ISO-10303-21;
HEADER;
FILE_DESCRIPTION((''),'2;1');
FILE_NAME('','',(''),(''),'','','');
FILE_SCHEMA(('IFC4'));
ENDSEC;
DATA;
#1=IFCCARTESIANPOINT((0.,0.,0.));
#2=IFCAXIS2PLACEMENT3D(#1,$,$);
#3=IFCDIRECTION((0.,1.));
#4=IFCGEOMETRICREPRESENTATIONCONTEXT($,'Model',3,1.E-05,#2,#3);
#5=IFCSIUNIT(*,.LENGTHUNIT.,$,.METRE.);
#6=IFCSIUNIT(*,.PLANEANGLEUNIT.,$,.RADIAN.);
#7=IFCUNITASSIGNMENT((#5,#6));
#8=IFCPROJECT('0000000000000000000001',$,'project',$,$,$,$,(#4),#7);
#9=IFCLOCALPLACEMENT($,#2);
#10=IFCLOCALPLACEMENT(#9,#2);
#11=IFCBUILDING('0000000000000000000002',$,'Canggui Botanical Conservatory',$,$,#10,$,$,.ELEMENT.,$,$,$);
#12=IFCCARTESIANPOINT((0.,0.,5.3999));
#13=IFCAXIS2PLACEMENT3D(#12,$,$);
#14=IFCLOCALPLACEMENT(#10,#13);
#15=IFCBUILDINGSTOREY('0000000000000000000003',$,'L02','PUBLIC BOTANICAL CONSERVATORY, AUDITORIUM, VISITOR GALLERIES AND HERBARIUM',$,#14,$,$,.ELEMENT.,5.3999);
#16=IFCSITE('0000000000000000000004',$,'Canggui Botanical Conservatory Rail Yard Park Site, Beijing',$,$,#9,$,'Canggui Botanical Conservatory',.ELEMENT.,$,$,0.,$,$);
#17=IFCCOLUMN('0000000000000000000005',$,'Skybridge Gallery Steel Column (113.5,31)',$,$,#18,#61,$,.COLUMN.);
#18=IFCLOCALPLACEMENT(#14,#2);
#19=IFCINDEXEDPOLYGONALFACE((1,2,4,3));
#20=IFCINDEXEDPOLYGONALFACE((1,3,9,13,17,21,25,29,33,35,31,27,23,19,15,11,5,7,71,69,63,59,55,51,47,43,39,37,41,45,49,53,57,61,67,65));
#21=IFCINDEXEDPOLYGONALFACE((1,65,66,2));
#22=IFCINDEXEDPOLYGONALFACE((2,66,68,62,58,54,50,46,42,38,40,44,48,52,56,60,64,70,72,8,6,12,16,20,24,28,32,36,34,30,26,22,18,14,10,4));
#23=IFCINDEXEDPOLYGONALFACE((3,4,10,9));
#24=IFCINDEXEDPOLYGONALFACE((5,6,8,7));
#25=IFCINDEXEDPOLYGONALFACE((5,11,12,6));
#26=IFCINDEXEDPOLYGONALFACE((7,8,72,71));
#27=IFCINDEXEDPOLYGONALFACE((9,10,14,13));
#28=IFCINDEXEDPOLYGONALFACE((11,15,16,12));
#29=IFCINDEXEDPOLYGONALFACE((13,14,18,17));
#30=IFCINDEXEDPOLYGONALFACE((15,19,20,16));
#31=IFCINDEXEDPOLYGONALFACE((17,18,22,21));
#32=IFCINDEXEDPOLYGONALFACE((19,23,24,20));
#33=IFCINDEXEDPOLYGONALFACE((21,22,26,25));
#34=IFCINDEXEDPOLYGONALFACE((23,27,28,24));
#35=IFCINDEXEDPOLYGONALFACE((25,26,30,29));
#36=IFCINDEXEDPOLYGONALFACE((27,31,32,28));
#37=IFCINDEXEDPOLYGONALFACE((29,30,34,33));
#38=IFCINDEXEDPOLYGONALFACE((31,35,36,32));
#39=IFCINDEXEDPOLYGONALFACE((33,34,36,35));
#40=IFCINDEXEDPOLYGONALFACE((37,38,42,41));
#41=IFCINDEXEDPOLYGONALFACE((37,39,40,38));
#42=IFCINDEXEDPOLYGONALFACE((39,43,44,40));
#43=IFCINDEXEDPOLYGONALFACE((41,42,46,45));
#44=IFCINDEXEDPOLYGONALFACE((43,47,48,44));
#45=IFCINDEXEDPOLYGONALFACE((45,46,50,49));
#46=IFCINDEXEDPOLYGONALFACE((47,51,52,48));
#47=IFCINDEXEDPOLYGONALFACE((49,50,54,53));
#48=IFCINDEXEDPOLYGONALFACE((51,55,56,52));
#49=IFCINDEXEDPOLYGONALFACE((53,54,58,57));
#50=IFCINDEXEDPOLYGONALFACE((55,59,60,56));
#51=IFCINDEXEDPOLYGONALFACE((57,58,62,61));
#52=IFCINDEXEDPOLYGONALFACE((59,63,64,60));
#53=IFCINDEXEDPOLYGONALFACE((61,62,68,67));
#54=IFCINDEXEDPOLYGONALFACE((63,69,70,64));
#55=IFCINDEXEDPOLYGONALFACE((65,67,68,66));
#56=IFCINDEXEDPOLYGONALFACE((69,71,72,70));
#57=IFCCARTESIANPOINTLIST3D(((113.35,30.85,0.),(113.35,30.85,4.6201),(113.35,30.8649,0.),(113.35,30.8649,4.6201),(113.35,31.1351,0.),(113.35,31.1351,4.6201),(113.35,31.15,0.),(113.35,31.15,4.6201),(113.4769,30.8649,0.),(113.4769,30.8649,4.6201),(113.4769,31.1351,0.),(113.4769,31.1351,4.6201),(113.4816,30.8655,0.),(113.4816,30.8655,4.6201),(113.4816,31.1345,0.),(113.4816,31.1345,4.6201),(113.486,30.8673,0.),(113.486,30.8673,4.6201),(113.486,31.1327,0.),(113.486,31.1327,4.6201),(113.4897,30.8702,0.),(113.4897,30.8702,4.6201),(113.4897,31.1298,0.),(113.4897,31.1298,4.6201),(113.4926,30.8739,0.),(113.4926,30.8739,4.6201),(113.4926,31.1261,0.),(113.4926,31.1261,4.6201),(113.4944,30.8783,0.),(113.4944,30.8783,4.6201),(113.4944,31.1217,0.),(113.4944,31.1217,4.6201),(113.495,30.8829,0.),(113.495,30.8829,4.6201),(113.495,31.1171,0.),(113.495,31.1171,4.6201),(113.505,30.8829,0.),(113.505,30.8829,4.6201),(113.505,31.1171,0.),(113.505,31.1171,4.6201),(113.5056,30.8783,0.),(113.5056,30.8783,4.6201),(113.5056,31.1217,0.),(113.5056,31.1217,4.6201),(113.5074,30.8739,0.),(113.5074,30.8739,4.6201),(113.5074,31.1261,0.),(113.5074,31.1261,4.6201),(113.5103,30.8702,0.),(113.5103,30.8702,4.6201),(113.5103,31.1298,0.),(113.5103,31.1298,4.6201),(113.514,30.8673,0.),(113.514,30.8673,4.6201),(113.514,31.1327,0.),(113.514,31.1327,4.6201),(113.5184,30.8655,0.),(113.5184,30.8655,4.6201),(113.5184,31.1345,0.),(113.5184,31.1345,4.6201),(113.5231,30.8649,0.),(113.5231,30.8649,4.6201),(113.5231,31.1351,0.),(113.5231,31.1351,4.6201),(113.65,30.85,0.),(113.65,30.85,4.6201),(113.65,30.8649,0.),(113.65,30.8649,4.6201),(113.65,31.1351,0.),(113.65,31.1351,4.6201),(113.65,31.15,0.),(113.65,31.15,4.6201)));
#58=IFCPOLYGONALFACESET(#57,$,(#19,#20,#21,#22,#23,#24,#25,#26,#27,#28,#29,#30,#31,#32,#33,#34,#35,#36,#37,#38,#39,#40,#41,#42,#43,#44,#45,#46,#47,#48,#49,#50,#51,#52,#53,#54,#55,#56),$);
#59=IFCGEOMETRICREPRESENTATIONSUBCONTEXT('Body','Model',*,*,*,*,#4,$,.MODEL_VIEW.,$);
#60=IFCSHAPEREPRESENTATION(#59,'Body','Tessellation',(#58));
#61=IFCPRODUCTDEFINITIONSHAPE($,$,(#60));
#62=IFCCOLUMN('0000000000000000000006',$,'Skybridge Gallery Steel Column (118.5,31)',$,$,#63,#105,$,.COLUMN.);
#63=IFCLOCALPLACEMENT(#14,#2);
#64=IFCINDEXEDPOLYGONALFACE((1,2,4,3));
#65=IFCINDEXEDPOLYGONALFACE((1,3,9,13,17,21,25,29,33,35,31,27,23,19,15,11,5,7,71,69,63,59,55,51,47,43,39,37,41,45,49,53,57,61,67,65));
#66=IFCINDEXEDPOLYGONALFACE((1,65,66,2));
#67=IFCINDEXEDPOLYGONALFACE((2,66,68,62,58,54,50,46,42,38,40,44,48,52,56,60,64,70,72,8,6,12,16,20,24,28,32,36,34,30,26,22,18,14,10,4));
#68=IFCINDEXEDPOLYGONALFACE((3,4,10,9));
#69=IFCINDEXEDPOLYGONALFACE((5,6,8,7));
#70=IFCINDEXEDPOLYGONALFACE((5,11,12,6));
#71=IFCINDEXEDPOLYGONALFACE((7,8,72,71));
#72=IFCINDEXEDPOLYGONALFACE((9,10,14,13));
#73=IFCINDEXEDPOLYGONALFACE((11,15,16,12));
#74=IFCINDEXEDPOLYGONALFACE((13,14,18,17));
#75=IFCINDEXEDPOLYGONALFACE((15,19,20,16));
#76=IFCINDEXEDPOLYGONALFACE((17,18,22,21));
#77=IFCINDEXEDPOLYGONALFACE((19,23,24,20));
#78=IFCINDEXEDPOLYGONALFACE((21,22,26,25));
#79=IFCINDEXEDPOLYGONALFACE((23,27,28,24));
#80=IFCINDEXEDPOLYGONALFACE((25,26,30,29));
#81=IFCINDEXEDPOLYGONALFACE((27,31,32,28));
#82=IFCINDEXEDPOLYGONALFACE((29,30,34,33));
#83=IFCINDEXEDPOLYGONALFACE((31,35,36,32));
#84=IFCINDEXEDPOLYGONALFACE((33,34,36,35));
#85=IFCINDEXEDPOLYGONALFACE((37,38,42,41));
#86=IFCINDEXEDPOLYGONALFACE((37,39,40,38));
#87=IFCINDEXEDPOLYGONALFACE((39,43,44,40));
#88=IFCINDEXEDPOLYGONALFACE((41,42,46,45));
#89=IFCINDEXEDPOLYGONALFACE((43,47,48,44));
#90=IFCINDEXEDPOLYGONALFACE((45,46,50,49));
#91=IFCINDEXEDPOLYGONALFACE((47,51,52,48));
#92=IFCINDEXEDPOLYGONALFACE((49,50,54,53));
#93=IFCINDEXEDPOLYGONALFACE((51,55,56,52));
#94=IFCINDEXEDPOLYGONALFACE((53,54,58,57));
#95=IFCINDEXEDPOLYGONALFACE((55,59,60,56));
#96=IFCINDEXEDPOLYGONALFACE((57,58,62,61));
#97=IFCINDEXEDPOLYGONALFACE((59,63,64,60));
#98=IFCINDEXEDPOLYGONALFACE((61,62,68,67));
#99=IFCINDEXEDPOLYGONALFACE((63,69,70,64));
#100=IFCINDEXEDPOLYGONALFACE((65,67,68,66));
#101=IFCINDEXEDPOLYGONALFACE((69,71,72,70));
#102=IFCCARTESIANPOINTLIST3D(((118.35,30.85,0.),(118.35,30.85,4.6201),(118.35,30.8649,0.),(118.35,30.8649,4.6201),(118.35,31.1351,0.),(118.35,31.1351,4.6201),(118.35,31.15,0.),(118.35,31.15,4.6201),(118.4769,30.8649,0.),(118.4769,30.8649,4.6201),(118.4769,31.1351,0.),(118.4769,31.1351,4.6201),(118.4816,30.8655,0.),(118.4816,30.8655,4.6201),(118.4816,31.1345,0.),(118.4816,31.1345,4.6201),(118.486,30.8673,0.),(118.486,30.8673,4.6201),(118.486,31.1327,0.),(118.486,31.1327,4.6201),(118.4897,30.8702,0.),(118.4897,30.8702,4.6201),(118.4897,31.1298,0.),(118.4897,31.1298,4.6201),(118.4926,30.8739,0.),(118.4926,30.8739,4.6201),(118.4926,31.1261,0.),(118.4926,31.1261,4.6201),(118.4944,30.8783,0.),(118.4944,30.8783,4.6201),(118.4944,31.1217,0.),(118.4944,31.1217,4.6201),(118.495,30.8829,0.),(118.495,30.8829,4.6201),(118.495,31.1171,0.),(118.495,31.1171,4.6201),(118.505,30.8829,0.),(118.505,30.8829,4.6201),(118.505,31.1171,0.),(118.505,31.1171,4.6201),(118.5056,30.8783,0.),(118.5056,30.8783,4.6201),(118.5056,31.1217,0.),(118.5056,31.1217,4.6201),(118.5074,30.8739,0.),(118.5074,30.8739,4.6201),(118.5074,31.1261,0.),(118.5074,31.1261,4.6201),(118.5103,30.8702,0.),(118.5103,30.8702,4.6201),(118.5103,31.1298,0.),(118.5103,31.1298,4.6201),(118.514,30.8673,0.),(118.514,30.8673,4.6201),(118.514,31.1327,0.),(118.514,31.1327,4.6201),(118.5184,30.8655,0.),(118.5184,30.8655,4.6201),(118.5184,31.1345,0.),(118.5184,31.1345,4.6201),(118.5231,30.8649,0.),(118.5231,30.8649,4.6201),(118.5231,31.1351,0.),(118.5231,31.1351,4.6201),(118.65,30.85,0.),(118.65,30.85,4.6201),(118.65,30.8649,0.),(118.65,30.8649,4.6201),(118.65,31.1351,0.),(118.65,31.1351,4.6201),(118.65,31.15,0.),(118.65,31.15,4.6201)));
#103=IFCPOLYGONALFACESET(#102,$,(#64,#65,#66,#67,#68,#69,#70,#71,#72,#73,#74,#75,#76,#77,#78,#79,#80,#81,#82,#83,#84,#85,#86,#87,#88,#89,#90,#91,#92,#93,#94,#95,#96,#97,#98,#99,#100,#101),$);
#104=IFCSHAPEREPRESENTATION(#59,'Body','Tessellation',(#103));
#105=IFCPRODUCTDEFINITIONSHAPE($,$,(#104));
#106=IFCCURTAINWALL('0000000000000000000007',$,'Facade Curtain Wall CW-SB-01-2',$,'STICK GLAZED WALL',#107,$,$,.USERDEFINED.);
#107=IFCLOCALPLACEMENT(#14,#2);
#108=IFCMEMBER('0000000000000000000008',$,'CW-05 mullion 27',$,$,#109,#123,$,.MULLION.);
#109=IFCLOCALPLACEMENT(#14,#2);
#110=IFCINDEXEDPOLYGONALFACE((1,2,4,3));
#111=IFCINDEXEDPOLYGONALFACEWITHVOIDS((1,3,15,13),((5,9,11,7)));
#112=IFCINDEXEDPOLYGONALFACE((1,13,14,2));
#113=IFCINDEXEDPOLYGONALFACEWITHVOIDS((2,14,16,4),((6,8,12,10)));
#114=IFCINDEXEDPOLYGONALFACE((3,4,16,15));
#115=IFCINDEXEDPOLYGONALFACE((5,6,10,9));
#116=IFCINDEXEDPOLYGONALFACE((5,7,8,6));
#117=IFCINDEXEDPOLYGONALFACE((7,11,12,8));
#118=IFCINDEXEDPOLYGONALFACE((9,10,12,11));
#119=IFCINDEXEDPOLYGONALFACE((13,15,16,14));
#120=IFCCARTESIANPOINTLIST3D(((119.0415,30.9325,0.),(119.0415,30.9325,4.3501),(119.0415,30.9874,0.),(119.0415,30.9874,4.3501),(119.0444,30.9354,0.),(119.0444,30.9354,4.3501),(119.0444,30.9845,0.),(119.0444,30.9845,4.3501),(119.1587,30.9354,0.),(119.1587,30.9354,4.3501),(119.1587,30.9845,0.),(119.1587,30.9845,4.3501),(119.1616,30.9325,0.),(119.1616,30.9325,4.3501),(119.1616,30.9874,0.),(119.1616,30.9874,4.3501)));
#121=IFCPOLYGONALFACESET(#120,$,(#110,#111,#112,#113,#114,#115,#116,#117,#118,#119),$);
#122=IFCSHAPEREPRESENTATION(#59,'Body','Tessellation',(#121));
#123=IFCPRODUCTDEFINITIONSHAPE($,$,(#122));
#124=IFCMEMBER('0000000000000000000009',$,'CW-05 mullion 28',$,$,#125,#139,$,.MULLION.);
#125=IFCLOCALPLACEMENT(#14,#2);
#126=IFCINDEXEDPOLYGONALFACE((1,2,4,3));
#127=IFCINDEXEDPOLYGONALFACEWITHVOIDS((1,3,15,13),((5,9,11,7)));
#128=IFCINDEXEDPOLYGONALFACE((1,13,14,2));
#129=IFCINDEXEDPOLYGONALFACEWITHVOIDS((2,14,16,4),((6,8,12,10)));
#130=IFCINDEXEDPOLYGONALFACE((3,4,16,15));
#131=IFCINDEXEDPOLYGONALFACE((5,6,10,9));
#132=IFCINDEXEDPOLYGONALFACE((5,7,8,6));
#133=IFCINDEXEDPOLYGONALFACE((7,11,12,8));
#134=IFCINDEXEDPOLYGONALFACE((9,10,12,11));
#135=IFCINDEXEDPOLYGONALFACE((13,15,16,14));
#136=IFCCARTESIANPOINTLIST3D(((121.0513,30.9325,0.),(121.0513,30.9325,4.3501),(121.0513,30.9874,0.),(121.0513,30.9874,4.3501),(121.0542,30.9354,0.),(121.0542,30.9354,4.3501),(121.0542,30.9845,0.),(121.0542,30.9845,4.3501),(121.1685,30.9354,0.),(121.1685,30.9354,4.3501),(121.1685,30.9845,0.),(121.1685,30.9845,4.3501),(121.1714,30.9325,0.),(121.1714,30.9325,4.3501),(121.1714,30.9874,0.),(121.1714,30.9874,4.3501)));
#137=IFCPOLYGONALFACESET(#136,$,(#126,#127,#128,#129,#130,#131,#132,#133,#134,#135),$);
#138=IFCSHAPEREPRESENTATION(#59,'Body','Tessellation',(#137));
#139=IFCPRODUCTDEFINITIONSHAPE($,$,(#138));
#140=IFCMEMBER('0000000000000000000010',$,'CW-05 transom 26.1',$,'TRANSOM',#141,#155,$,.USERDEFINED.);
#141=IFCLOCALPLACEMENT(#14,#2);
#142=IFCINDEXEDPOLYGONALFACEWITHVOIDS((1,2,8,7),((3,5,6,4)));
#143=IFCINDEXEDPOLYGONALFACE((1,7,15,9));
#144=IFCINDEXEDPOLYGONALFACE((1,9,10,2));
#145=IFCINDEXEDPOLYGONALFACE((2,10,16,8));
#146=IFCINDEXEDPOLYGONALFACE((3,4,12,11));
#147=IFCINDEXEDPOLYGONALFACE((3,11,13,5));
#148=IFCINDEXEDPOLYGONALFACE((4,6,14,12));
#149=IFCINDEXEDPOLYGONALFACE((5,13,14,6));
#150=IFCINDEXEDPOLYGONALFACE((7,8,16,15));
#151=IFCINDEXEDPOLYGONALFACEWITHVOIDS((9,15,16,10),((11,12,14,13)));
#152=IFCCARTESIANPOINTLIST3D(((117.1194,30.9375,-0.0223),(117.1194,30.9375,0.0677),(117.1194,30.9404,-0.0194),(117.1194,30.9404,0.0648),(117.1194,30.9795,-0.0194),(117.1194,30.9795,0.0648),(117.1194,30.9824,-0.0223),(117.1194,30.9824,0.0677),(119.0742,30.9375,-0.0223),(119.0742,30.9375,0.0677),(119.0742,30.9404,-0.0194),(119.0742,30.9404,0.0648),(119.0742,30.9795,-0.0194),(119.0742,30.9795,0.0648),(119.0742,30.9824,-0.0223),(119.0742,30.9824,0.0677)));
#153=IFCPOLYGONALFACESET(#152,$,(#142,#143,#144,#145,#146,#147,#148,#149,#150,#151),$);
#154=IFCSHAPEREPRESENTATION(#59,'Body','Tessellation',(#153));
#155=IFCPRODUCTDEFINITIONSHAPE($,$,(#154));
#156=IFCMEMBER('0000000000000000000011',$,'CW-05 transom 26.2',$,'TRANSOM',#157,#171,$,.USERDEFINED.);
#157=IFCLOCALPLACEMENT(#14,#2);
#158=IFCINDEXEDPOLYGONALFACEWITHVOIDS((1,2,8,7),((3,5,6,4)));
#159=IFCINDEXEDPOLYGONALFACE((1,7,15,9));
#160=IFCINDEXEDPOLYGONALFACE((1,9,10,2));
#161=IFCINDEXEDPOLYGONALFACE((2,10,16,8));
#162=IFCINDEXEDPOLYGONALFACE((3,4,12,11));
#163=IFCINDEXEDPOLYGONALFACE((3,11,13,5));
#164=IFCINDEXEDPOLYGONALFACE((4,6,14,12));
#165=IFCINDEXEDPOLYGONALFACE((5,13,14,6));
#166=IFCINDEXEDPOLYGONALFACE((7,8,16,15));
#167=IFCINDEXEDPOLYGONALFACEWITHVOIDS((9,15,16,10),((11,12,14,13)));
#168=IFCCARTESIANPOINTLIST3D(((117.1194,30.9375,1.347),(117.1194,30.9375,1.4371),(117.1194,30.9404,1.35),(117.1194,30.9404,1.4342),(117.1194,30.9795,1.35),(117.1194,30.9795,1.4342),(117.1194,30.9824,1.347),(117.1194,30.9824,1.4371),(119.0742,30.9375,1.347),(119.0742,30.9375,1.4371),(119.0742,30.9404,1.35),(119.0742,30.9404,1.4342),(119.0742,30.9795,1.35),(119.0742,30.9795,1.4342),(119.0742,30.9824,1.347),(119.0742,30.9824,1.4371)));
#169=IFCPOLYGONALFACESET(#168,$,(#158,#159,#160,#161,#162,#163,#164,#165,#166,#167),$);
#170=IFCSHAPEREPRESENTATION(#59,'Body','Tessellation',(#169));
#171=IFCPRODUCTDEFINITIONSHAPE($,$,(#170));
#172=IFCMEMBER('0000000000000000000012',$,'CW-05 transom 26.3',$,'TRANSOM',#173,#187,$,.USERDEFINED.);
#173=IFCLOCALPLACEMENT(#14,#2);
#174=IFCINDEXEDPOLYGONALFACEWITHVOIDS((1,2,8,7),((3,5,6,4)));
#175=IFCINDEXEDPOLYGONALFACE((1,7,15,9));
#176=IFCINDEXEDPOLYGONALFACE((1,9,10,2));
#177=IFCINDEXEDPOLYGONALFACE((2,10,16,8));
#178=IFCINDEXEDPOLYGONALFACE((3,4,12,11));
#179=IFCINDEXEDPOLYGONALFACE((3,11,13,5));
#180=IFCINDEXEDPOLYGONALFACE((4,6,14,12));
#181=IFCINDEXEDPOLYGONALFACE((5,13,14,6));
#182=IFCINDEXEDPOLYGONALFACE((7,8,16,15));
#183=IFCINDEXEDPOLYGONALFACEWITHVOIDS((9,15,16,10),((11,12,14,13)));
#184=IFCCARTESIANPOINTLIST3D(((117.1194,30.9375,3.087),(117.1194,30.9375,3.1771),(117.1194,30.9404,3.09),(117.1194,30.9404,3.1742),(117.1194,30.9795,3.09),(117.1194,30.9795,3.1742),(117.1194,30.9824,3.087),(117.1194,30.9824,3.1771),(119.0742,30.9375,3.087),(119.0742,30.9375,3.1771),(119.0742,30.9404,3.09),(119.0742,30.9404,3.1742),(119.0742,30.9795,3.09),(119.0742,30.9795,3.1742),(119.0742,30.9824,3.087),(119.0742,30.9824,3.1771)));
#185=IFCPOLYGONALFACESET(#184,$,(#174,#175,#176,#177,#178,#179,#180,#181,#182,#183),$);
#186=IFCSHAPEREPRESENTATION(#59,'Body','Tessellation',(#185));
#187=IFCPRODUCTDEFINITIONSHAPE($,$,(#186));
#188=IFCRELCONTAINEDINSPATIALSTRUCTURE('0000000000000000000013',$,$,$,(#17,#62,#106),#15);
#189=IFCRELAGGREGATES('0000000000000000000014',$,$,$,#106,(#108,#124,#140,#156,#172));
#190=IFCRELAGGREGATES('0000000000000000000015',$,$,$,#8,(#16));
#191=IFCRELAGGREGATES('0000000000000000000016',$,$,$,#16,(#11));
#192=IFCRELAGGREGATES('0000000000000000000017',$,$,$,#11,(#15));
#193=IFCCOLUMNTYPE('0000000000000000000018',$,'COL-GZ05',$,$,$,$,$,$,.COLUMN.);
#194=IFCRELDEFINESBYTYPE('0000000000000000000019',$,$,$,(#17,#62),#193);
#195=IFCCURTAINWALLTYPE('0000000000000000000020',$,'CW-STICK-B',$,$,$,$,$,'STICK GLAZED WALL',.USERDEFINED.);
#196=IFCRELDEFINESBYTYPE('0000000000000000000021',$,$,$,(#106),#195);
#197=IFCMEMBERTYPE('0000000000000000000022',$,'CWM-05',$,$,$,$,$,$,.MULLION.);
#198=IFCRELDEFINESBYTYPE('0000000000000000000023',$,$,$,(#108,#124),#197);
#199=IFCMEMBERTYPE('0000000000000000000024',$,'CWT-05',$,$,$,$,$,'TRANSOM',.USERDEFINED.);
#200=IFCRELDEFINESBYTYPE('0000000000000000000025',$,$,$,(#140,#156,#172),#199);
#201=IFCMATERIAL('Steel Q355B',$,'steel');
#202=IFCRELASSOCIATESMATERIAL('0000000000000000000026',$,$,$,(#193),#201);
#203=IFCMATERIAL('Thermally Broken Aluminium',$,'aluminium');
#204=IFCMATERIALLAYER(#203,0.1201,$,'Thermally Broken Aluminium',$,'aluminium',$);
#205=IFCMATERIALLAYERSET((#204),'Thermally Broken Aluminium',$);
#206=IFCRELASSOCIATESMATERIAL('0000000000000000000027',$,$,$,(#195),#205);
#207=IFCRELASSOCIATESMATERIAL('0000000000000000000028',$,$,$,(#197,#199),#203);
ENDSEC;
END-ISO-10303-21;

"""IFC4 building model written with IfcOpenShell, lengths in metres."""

from ifc_helpers import new_model, si_unit, direction, frame, origin, origin_2d, place, context, subcontext, project, spatial, hollow_rectangle, i_section, extrude, material, layer, layer_set, material_profile, profile_set, type_object, element, aggregate, save


model = new_model("IFC4")

# Units and contexts
model_context = context("Model", 3, precision=1e-05, world=origin(), true_north=direction((0.0, 1.0)))
body_context = subcontext(model_context, "Body", "Model", "MODEL_VIEW")
ifc_project = project(units=[si_unit("LENGTHUNIT", "METRE"), si_unit("PLANEANGLEUNIT", "RADIAN")], contexts=[model_context])

# Site, building, storey
site_placement = place(None, origin())
site = spatial("IfcSite", under=ifc_project, at=site_placement, Name="Canggui Botanical Conservatory Rail Yard Park Site, Beijing", LongName="Canggui Botanical Conservatory", CompositionType="ELEMENT", RefElevation=0.0)
building_placement = place(site_placement, origin())
building = spatial("IfcBuilding", under=site, at=building_placement, Name="Canggui Botanical Conservatory", CompositionType="ELEMENT")
storey_placement = place(building_placement, frame((0.0, 0.0, 5.3999)))
storey = spatial("IfcBuildingStorey", under=building, at=storey_placement, Name="L02", Description="PUBLIC BOTANICAL CONSERVATORY, AUDITORIUM, VISITOR GALLERIES AND HERBARIUM", CompositionType="ELEMENT", Elevation=5.3999)

# Columns
ifc_material_1 = material(Name="Steel Q355B", Category="steel")
ifc_material_profile_1 = material_profile(ifc_material_1, i_section(OverallWidth=0.3, OverallDepth=0.3, WebThickness=0.01, FlangeThickness=0.0149, FilletRadius=0.0181, at=origin_2d()), Name="HW 300x300x10x15")
ifc_profile_set_1 = profile_set([ifc_material_profile_1], Name="Steel Q355B")
column_type = type_object("IfcColumnType", Name="COL-GZ05", PredefinedType="COLUMN", material=ifc_profile_set_1)
for number, where, z_axis, x_axis, name in (
    (1, (113.5, 31.0, 0.0), (0.0, 0.0, 1.0), (1.0, 0.0, 0.0), "Skybridge Gallery Steel Column (113.5,31)"),
    (2, (118.5, 31.0, 0.0), (0.0, 0.0, 1.0), (1.0, 0.0, 0.0), "Skybridge Gallery Steel Column (118.5,31)"),
):
    element("IfcColumn", number, at=place(storey_placement, frame(where, z_axis=z_axis, x_axis=x_axis)), inside=storey, type_object=column_type, Name=name, PredefinedType="COLUMN", context=body_context, shape_type="SweptSolid", body=[
        extrude(i_section(OverallWidth=0.3, OverallDepth=0.3, WebThickness=0.01, FlangeThickness=0.0149, FilletRadius=0.0181, at=origin_2d()), origin(), (0.0, 0.0, 1.0), 4.6201),
    ])

# Curtain wall, members
ifc_material_2 = material(Name="Thermally Broken Aluminium", Category="aluminium")
ifc_layer_1 = layer(ifc_material_2, 0.1201, Name="Thermally Broken Aluminium", Category="aluminium")
ifc_layer_set_1 = layer_set([ifc_layer_1], Name="Thermally Broken Aluminium")
curtain_wall_type = type_object("IfcCurtainWallType", Name="CW-STICK-B", ElementType="STICK GLAZED WALL", PredefinedType="USERDEFINED", material=ifc_layer_set_1)
curtain_wall_placement = place(storey_placement, origin())
curtain_wall = element("IfcCurtainWall", 3, at=curtain_wall_placement, inside=storey, type_object=curtain_wall_type, Name="Facade Curtain Wall CW-SB-01-2", ObjectType="STICK GLAZED WALL", PredefinedType="USERDEFINED")
ifc_material_profile_2 = material_profile(ifc_material_2, hollow_rectangle(XDim=0.0549, YDim=0.1201, WallThickness=0.0029, at=origin_2d()), Name="CWM 55x120x3")
ifc_profile_set_2 = profile_set([ifc_material_profile_2], Name="Thermally Broken Aluminium")
member_type_1 = type_object("IfcMemberType", Name="CWM-05", PredefinedType="MULLION", material=ifc_profile_set_2)
member_1_placement = place(storey_placement, frame((119.1016, 30.96, 0.0), z_axis=(0.0, 0.0, 1.0), x_axis=(0.0, 1.0, 0.0)))
member_1 = element("IfcMember", 4, at=member_1_placement, type_object=member_type_1, Name="CW-05 mullion 27", PredefinedType="MULLION", context=body_context, shape_type="SweptSolid", body=[
    extrude(hollow_rectangle(XDim=0.0549, YDim=0.1201, WallThickness=0.0029, at=origin_2d()), origin(), (0.0, 0.0, 1.0), 4.3501),
])
member_2_placement = place(storey_placement, frame((121.1113, 30.96, 0.0), z_axis=(0.0, 0.0, 1.0), x_axis=(0.0, 1.0, 0.0)))
member_2 = element("IfcMember", 5, at=member_2_placement, type_object=member_type_1, Name="CW-05 mullion 28", PredefinedType="MULLION", context=body_context, shape_type="SweptSolid", body=[
    extrude(hollow_rectangle(XDim=0.0549, YDim=0.1201, WallThickness=0.0029, at=origin_2d()), origin(), (0.0, 0.0, 1.0), 4.3501),
])
ifc_material_profile_3 = material_profile(ifc_material_2, hollow_rectangle(XDim=0.0449, YDim=0.0901, WallThickness=0.0029, at=origin_2d()), Name="CWT 45x90x3")
ifc_profile_set_3 = profile_set([ifc_material_profile_3], Name="Thermally Broken Aluminium")
member_type_2 = type_object("IfcMemberType", Name="CWT-05", ElementType="TRANSOM", PredefinedType="USERDEFINED", material=ifc_profile_set_3)
member_3_placement = place(storey_placement, frame((117.1194, 30.96, 0.0227), z_axis=(1.0, 0.0, 0.0), x_axis=(0.0, 1.0, 0.0)))
member_3 = element("IfcMember", 6, at=member_3_placement, type_object=member_type_2, Name="CW-05 transom 26.1", ObjectType="TRANSOM", PredefinedType="USERDEFINED", context=body_context, shape_type="SweptSolid", body=[
    extrude(hollow_rectangle(XDim=0.0449, YDim=0.0901, WallThickness=0.0029, at=origin_2d()), origin(), (0.0, 0.0, 1.0), 1.9548),
])
member_4_placement = place(storey_placement, frame((117.1194, 30.96, 1.3921), z_axis=(1.0, 0.0, 0.0), x_axis=(0.0, 1.0, 0.0)))
member_4 = element("IfcMember", 7, at=member_4_placement, type_object=member_type_2, Name="CW-05 transom 26.2", ObjectType="TRANSOM", PredefinedType="USERDEFINED", context=body_context, shape_type="SweptSolid", body=[
    extrude(hollow_rectangle(XDim=0.0449, YDim=0.0901, WallThickness=0.0029, at=origin_2d()), origin(), (0.0, 0.0, 1.0), 1.9548),
])
member_5_placement = place(storey_placement, frame((117.1194, 30.96, 3.1321), z_axis=(1.0, 0.0, 0.0), x_axis=(0.0, 1.0, 0.0)))
member_5 = element("IfcMember", 8, at=member_5_placement, type_object=member_type_2, Name="CW-05 transom 26.3", ObjectType="TRANSOM", PredefinedType="USERDEFINED", context=body_context, shape_type="SweptSolid", body=[
    extrude(hollow_rectangle(XDim=0.0449, YDim=0.0901, WallThickness=0.0029, at=origin_2d()), origin(), (0.0, 0.0, 1.0), 1.9548),
])

aggregate(curtain_wall, [member_1, member_2, member_3, member_4, member_5])

save(model, "model.ifc")
